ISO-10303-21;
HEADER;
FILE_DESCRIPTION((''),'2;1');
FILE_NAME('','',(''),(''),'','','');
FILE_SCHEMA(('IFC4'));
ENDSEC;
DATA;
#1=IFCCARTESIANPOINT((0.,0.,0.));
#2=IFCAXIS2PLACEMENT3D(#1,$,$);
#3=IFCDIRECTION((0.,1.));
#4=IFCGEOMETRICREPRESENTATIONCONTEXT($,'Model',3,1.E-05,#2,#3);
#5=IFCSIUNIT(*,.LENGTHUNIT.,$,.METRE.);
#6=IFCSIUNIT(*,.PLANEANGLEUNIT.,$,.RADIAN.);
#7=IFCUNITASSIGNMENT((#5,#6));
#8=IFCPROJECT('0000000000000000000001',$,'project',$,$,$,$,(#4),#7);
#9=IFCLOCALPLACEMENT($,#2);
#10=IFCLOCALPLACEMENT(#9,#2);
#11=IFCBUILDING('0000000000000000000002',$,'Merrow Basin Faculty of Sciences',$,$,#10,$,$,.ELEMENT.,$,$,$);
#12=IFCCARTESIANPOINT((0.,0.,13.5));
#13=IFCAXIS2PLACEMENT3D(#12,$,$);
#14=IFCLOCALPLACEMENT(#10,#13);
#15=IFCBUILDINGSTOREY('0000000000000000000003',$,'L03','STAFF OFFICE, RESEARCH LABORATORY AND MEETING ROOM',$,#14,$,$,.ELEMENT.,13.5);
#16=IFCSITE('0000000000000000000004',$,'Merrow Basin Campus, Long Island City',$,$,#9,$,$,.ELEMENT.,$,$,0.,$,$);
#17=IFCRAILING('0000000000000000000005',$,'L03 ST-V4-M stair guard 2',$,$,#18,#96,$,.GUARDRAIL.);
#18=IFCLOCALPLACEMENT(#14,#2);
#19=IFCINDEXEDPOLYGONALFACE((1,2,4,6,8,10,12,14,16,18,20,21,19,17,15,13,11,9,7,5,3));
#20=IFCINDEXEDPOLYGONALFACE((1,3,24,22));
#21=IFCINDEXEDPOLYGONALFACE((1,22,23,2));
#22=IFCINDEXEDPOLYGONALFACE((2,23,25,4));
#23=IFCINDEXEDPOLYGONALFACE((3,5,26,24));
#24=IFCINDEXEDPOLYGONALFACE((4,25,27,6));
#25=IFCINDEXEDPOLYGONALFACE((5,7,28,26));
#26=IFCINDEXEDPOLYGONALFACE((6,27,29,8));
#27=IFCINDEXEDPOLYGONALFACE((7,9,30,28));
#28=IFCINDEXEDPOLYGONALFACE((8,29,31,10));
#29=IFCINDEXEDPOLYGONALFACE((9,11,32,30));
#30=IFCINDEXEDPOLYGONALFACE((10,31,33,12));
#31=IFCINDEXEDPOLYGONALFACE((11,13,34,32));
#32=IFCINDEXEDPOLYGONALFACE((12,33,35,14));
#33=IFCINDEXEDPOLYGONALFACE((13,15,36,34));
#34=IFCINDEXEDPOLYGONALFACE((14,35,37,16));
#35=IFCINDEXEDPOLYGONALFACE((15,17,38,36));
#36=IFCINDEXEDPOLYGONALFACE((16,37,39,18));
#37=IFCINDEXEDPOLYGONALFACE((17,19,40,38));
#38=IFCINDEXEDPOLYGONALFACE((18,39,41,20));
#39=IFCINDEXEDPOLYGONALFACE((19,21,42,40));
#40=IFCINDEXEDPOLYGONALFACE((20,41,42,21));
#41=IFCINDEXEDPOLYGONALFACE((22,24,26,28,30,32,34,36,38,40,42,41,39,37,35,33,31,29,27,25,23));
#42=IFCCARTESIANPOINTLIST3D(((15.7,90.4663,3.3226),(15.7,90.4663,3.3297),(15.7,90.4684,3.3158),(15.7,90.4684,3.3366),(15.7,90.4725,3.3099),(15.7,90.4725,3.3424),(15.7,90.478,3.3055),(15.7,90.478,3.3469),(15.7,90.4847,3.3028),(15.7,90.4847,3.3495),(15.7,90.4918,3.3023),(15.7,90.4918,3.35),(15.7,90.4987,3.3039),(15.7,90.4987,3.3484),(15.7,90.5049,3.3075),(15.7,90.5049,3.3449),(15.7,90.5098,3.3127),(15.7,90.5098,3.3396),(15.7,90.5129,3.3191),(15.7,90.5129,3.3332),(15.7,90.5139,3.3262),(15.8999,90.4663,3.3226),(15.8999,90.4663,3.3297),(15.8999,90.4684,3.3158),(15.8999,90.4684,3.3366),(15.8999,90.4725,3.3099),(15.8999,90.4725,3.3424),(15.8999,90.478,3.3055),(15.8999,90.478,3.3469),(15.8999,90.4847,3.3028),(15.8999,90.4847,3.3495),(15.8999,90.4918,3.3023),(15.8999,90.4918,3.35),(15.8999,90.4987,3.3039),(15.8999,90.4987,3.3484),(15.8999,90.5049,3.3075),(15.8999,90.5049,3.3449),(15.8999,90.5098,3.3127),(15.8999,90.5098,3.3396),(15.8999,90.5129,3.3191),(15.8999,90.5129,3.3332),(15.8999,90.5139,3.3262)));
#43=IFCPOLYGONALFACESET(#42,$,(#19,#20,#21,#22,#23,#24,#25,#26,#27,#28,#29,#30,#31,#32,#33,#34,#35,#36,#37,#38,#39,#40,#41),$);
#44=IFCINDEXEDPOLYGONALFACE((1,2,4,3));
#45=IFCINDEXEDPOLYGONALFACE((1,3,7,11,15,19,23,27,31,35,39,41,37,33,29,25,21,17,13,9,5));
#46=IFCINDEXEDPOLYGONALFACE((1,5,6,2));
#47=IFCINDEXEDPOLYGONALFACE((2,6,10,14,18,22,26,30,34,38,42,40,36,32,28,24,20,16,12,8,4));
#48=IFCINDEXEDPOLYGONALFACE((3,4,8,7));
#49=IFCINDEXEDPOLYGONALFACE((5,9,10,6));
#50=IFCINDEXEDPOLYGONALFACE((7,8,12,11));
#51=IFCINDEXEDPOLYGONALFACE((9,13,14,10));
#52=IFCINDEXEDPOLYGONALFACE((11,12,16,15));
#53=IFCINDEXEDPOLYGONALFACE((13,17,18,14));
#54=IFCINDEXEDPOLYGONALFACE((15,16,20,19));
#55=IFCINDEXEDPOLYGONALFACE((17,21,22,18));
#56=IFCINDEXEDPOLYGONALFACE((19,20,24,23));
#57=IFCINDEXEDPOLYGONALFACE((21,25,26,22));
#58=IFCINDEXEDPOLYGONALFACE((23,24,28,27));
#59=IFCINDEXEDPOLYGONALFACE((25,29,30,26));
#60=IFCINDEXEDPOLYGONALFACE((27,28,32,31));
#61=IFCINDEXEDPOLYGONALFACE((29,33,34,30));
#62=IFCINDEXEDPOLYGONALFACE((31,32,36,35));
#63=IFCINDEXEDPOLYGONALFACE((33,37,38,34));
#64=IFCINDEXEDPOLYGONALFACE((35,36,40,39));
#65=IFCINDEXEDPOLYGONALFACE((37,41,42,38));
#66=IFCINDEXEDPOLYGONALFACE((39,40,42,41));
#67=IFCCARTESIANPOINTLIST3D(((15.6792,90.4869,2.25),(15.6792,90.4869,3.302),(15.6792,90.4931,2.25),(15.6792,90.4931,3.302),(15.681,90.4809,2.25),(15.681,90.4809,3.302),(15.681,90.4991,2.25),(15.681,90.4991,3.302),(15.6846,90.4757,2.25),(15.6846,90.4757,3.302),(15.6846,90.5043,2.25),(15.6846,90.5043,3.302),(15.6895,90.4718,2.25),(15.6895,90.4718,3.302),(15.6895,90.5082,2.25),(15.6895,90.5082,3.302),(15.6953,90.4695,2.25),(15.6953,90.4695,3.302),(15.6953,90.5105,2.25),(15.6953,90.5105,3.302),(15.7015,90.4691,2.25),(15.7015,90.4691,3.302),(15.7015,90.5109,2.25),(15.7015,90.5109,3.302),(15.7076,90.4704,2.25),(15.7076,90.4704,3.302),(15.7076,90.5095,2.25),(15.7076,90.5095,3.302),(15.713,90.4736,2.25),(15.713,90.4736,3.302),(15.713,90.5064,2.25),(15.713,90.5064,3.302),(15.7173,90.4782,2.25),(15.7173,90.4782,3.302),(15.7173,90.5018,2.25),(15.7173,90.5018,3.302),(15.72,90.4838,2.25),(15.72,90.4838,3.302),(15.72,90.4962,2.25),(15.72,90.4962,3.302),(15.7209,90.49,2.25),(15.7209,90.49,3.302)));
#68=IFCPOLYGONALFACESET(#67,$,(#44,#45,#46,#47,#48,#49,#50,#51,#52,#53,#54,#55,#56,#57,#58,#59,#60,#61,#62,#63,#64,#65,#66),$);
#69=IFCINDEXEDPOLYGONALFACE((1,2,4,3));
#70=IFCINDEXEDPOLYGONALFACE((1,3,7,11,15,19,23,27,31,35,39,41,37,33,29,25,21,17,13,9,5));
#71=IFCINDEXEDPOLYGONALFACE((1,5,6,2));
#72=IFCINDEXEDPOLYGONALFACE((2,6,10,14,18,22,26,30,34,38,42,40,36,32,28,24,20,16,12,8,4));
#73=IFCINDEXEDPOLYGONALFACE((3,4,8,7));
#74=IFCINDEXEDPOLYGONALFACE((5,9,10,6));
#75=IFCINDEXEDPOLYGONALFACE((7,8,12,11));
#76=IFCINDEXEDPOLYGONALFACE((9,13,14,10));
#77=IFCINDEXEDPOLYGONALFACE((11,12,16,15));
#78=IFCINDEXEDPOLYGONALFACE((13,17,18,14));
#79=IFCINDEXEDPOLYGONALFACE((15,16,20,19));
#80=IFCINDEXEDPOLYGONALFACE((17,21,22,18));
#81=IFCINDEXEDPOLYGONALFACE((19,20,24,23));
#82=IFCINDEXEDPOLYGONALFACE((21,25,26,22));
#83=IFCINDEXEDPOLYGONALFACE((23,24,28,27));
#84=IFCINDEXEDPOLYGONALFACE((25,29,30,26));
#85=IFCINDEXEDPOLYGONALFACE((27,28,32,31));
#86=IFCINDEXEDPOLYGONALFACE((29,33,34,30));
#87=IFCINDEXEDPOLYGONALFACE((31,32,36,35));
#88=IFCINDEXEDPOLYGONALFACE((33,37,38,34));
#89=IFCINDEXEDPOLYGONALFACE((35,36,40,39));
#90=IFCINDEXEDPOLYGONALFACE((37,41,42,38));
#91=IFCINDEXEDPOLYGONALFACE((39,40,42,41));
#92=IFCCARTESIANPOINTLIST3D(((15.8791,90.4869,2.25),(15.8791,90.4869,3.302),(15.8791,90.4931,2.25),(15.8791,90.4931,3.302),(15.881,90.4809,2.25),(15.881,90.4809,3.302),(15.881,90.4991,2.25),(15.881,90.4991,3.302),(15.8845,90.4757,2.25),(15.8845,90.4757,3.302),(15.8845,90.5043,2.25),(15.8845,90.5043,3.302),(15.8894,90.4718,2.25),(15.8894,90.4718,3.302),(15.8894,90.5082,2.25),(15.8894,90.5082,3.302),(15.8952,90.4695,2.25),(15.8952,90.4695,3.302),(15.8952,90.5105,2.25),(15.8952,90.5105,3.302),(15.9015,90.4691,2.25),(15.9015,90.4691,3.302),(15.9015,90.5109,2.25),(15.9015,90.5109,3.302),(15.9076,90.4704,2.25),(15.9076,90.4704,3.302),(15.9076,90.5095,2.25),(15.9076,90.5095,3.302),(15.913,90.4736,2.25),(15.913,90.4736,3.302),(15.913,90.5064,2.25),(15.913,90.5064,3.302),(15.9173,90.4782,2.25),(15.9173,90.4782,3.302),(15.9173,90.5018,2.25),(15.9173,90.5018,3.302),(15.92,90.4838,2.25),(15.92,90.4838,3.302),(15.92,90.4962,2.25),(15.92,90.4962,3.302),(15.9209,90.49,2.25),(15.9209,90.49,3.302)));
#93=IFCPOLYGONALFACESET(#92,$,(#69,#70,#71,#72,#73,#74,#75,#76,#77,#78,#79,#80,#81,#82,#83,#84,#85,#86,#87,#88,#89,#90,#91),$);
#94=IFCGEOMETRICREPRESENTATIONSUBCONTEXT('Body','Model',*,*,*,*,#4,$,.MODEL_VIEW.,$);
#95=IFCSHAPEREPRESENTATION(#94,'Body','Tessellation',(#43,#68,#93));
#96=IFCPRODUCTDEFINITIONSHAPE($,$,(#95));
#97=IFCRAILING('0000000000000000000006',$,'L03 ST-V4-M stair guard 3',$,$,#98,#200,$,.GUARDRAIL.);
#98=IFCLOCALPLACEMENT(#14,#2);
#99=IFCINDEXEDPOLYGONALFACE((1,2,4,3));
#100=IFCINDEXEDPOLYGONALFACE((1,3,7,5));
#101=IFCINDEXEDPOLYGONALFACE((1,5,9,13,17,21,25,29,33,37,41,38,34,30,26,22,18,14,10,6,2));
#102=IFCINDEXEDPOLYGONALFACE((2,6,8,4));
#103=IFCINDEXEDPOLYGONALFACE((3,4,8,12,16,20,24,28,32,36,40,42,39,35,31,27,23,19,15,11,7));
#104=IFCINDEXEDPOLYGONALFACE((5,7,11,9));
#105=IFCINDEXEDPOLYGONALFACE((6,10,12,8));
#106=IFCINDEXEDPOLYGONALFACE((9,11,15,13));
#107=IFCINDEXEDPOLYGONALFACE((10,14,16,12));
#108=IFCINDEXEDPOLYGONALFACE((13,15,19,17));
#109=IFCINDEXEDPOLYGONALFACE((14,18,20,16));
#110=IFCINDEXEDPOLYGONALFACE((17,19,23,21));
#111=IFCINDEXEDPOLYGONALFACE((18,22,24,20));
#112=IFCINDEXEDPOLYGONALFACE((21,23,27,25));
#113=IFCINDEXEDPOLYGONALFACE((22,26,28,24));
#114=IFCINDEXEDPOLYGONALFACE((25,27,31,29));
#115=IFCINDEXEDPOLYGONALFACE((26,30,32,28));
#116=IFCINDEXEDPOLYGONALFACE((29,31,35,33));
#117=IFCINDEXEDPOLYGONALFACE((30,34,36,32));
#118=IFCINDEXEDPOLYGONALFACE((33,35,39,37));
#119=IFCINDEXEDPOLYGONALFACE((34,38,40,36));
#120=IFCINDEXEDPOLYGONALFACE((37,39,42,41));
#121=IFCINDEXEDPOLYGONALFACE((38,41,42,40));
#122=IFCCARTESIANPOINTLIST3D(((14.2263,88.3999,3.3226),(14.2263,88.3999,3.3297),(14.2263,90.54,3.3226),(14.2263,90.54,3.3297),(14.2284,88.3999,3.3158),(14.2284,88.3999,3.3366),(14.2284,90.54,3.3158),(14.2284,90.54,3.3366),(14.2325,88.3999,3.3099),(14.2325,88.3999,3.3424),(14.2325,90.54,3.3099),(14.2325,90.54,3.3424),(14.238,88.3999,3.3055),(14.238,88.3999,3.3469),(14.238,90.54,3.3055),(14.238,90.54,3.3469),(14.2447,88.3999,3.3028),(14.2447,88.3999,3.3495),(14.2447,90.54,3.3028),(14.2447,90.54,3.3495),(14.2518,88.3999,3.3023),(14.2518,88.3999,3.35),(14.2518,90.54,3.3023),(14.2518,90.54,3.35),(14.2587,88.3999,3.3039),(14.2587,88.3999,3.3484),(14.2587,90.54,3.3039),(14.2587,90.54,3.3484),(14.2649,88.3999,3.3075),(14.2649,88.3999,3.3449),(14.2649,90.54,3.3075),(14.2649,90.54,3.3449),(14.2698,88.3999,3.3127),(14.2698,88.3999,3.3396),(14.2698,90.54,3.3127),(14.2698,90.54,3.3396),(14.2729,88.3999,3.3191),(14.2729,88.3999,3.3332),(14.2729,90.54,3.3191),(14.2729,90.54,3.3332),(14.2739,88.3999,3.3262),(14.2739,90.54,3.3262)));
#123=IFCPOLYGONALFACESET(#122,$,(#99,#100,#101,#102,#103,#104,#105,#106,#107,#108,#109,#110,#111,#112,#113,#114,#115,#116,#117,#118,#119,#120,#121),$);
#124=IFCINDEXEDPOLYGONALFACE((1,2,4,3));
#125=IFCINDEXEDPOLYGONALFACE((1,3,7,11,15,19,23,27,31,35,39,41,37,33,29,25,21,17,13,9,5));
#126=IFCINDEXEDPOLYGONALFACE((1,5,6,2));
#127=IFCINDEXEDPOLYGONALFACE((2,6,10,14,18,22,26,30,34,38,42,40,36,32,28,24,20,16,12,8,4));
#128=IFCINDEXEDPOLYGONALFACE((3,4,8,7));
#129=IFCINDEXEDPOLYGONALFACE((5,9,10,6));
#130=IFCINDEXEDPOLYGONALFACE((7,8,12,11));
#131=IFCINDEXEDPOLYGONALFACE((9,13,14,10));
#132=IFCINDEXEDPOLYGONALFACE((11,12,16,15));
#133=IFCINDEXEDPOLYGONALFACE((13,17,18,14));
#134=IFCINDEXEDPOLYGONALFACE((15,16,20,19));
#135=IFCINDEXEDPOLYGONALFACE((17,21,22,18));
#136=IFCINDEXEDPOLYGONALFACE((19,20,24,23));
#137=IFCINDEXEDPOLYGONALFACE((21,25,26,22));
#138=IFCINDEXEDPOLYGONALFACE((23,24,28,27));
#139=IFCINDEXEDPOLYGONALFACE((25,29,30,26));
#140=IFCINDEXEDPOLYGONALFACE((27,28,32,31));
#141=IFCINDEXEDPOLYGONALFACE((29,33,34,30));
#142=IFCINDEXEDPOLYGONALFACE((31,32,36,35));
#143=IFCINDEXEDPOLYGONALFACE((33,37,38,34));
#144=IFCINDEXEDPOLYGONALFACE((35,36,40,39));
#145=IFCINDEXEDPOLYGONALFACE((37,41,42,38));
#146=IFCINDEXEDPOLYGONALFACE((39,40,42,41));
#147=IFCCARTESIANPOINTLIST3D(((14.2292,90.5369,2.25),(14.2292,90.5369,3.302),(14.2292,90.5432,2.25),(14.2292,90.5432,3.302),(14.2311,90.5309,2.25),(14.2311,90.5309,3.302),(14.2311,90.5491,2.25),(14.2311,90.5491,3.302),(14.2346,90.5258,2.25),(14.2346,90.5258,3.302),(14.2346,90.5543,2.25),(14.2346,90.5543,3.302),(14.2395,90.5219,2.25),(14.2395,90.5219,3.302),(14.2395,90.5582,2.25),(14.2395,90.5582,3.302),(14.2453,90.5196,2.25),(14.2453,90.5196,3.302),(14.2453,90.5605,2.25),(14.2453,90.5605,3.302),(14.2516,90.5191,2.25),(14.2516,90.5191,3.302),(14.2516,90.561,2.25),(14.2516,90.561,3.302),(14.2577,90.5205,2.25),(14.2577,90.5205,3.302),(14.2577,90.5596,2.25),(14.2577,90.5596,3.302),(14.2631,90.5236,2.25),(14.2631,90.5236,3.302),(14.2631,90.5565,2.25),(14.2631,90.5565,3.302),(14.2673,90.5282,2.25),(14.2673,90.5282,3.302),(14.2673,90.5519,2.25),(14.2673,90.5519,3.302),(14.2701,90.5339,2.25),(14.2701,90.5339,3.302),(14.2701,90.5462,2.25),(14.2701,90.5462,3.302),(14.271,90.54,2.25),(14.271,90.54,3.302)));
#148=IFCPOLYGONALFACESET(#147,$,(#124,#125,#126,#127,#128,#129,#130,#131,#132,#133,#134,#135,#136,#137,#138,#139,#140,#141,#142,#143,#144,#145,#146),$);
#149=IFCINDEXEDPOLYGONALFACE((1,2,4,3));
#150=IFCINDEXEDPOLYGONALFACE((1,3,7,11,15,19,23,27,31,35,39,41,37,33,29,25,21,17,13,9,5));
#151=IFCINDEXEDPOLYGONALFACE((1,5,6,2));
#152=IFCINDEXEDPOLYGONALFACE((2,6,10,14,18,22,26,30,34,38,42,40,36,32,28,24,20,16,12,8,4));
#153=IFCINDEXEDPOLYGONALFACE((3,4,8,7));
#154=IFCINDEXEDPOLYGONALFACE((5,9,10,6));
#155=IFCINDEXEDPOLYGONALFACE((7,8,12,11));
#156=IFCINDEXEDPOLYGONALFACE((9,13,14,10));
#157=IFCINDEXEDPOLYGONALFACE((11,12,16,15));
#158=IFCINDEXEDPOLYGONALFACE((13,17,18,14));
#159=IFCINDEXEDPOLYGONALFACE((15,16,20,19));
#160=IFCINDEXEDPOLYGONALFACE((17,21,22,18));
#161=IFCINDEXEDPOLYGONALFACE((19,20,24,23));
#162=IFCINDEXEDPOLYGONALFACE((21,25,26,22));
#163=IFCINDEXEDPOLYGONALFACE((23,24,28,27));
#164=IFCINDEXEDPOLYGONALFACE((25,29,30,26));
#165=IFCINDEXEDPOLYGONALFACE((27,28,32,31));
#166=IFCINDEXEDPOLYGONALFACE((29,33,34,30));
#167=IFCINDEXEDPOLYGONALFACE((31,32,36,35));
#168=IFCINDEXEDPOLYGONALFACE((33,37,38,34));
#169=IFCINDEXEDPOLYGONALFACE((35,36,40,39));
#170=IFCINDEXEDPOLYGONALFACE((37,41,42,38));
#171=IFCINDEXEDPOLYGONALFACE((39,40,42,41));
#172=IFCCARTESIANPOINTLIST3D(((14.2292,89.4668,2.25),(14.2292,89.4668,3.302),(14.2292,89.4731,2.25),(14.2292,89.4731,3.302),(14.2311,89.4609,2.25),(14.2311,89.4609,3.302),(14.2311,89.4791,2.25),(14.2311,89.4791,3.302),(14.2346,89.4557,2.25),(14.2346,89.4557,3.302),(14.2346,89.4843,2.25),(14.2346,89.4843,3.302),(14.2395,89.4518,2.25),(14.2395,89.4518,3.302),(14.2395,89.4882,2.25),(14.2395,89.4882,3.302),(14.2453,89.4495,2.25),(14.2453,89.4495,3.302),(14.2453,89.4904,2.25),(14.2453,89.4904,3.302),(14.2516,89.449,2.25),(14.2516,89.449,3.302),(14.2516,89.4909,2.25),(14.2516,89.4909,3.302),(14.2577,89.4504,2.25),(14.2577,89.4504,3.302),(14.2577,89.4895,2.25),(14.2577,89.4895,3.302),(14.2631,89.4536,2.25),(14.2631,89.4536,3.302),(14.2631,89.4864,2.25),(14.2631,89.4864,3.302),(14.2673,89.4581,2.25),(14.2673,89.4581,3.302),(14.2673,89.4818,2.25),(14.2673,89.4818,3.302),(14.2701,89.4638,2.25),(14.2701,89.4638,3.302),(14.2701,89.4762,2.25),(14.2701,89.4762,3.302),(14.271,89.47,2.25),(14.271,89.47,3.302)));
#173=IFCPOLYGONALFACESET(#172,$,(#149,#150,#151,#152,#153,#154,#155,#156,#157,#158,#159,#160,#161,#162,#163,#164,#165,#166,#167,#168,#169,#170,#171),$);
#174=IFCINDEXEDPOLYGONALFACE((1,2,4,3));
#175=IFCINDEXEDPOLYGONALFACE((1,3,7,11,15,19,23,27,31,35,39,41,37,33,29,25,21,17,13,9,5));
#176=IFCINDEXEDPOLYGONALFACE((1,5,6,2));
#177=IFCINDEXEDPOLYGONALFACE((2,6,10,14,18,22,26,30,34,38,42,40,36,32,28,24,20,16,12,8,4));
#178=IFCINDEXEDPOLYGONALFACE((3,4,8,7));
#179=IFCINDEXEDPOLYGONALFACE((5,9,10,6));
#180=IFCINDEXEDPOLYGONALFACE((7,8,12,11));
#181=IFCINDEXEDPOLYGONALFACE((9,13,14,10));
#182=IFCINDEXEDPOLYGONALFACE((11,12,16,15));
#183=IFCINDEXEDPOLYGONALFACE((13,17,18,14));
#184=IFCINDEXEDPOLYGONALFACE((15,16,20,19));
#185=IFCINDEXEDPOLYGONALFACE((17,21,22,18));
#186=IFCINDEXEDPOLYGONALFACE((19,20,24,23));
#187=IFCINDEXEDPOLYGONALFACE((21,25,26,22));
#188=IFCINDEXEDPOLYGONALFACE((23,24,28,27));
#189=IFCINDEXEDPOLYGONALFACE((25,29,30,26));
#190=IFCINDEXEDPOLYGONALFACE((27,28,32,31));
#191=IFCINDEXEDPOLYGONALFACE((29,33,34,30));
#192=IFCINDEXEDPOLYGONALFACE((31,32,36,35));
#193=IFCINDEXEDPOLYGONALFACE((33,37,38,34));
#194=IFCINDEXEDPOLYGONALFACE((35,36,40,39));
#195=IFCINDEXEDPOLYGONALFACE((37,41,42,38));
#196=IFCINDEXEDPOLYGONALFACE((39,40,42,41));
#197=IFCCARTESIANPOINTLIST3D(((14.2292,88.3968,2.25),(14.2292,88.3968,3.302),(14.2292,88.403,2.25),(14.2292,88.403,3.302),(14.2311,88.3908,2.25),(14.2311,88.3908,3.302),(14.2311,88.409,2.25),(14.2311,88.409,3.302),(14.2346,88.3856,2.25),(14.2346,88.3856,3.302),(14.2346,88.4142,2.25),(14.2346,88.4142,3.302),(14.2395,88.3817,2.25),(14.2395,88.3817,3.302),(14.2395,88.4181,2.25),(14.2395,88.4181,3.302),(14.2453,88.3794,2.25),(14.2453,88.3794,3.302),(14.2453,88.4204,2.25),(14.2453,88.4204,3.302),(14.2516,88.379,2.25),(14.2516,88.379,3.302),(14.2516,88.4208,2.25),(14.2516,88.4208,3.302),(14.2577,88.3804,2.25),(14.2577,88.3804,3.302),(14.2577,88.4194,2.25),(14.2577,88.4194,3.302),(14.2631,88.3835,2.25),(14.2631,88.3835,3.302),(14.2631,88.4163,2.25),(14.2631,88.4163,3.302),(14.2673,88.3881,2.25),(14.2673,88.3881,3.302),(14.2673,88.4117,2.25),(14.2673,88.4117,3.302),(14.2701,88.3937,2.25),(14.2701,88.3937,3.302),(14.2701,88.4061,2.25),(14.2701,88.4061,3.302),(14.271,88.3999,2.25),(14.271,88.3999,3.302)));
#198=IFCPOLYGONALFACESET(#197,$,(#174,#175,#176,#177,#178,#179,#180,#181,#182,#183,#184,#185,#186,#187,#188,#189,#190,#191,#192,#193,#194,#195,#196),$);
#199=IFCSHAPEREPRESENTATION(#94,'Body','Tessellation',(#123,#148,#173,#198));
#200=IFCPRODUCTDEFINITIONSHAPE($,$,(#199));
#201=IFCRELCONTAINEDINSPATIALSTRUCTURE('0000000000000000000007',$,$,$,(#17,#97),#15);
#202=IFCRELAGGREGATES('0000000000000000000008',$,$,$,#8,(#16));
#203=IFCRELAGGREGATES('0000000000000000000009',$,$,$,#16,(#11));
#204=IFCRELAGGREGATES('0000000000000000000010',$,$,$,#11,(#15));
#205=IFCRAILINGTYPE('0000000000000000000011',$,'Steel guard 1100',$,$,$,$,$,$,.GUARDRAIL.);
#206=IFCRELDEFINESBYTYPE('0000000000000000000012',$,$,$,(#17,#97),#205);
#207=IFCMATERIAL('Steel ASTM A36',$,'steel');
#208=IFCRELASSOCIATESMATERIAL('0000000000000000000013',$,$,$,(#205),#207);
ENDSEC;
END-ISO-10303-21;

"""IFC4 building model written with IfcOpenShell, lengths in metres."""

from ifc_helpers import new_model, si_unit, direction, frame, origin, origin_2d, place, context, subcontext, project, spatial, circle, extrude, material, type_object, element, save


model = new_model("IFC4")

# Units and contexts
model_context = context("Model", 3, precision=1e-05, world=origin(), true_north=direction((0.0, 1.0)))
body_context = subcontext(model_context, "Body", "Model", "MODEL_VIEW")
ifc_project = project(units=[si_unit("LENGTHUNIT", "METRE"), si_unit("PLANEANGLEUNIT", "RADIAN")], contexts=[model_context])

# Site, building, storey
site_placement = place(None, origin())
site = spatial("IfcSite", under=ifc_project, at=site_placement, Name="Merrow Basin Campus, Long Island City", CompositionType="ELEMENT", RefElevation=0.0)
building_placement = place(site_placement, origin())
building = spatial("IfcBuilding", under=site, at=building_placement, Name="Merrow Basin Faculty of Sciences", CompositionType="ELEMENT")
storey_placement = place(building_placement, frame((0.0, 0.0, 13.5)))
storey = spatial("IfcBuildingStorey", under=building, at=storey_placement, Name="L03", Description="STAFF OFFICE, RESEARCH LABORATORY AND MEETING ROOM", CompositionType="ELEMENT", Elevation=13.5)

# Railings
ifc_material_1 = material(Name="Steel ASTM A36", Category="steel")
railing_type_1 = type_object("IfcRailingType", Name="Steel guard 1100", PredefinedType="GUARDRAIL", material=ifc_material_1)
railing_1_placement = place(storey_placement, frame((15.7, 90.49, 2.25)))
element("IfcRailing", 1, at=railing_1_placement, inside=storey, type_object=railing_type_1, Name="L03 ST-V4-M stair guard 2", PredefinedType="GUARDRAIL", context=body_context, shape_type="SweptSolid", body=[
    extrude(circle(Radius=0.0239, at=origin_2d()), frame((0.0, 0.0, 1.0762), z_axis=(1.0, 0.0, 0.0), x_axis=(0.0, 1.0, 0.0)), (0.0, 0.0, 1.0), 0.2),
    extrude(circle(Radius=0.021, at=origin_2d()), origin(), (0.0, 0.0, 1.0), 1.052),
    extrude(circle(Radius=0.021, at=origin_2d()), frame((0.2, 0.0, 0.0)), (0.0, 0.0, 1.0), 1.052),
])
railing_2_placement = place(storey_placement, frame((14.25, 90.54, 2.25)))
element("IfcRailing", 2, at=railing_2_placement, inside=storey, type_object=railing_type_1, Name="L03 ST-V4-M stair guard 3", PredefinedType="GUARDRAIL", context=body_context, shape_type="SweptSolid", body=[
    extrude(circle(Radius=0.0239, at=origin_2d()), frame((0.0, 0.0, 1.0762), z_axis=(0.0, -1.0, 0.0), x_axis=(1.0, 0.0, 0.0)), (0.0, 0.0, 1.0), 2.1401),
    extrude(circle(Radius=0.021, at=origin_2d()), origin(), (0.0, 0.0, 1.0), 1.052),
    extrude(circle(Radius=0.021, at=origin_2d()), frame((0.0, -1.0701, 0.0)), (0.0, 0.0, 1.0), 1.052),
    extrude(circle(Radius=0.021, at=origin_2d()), frame((0.0, -2.1401, 0.0)), (0.0, 0.0, 1.0), 1.052),
])

save(model, "model.ifc")
